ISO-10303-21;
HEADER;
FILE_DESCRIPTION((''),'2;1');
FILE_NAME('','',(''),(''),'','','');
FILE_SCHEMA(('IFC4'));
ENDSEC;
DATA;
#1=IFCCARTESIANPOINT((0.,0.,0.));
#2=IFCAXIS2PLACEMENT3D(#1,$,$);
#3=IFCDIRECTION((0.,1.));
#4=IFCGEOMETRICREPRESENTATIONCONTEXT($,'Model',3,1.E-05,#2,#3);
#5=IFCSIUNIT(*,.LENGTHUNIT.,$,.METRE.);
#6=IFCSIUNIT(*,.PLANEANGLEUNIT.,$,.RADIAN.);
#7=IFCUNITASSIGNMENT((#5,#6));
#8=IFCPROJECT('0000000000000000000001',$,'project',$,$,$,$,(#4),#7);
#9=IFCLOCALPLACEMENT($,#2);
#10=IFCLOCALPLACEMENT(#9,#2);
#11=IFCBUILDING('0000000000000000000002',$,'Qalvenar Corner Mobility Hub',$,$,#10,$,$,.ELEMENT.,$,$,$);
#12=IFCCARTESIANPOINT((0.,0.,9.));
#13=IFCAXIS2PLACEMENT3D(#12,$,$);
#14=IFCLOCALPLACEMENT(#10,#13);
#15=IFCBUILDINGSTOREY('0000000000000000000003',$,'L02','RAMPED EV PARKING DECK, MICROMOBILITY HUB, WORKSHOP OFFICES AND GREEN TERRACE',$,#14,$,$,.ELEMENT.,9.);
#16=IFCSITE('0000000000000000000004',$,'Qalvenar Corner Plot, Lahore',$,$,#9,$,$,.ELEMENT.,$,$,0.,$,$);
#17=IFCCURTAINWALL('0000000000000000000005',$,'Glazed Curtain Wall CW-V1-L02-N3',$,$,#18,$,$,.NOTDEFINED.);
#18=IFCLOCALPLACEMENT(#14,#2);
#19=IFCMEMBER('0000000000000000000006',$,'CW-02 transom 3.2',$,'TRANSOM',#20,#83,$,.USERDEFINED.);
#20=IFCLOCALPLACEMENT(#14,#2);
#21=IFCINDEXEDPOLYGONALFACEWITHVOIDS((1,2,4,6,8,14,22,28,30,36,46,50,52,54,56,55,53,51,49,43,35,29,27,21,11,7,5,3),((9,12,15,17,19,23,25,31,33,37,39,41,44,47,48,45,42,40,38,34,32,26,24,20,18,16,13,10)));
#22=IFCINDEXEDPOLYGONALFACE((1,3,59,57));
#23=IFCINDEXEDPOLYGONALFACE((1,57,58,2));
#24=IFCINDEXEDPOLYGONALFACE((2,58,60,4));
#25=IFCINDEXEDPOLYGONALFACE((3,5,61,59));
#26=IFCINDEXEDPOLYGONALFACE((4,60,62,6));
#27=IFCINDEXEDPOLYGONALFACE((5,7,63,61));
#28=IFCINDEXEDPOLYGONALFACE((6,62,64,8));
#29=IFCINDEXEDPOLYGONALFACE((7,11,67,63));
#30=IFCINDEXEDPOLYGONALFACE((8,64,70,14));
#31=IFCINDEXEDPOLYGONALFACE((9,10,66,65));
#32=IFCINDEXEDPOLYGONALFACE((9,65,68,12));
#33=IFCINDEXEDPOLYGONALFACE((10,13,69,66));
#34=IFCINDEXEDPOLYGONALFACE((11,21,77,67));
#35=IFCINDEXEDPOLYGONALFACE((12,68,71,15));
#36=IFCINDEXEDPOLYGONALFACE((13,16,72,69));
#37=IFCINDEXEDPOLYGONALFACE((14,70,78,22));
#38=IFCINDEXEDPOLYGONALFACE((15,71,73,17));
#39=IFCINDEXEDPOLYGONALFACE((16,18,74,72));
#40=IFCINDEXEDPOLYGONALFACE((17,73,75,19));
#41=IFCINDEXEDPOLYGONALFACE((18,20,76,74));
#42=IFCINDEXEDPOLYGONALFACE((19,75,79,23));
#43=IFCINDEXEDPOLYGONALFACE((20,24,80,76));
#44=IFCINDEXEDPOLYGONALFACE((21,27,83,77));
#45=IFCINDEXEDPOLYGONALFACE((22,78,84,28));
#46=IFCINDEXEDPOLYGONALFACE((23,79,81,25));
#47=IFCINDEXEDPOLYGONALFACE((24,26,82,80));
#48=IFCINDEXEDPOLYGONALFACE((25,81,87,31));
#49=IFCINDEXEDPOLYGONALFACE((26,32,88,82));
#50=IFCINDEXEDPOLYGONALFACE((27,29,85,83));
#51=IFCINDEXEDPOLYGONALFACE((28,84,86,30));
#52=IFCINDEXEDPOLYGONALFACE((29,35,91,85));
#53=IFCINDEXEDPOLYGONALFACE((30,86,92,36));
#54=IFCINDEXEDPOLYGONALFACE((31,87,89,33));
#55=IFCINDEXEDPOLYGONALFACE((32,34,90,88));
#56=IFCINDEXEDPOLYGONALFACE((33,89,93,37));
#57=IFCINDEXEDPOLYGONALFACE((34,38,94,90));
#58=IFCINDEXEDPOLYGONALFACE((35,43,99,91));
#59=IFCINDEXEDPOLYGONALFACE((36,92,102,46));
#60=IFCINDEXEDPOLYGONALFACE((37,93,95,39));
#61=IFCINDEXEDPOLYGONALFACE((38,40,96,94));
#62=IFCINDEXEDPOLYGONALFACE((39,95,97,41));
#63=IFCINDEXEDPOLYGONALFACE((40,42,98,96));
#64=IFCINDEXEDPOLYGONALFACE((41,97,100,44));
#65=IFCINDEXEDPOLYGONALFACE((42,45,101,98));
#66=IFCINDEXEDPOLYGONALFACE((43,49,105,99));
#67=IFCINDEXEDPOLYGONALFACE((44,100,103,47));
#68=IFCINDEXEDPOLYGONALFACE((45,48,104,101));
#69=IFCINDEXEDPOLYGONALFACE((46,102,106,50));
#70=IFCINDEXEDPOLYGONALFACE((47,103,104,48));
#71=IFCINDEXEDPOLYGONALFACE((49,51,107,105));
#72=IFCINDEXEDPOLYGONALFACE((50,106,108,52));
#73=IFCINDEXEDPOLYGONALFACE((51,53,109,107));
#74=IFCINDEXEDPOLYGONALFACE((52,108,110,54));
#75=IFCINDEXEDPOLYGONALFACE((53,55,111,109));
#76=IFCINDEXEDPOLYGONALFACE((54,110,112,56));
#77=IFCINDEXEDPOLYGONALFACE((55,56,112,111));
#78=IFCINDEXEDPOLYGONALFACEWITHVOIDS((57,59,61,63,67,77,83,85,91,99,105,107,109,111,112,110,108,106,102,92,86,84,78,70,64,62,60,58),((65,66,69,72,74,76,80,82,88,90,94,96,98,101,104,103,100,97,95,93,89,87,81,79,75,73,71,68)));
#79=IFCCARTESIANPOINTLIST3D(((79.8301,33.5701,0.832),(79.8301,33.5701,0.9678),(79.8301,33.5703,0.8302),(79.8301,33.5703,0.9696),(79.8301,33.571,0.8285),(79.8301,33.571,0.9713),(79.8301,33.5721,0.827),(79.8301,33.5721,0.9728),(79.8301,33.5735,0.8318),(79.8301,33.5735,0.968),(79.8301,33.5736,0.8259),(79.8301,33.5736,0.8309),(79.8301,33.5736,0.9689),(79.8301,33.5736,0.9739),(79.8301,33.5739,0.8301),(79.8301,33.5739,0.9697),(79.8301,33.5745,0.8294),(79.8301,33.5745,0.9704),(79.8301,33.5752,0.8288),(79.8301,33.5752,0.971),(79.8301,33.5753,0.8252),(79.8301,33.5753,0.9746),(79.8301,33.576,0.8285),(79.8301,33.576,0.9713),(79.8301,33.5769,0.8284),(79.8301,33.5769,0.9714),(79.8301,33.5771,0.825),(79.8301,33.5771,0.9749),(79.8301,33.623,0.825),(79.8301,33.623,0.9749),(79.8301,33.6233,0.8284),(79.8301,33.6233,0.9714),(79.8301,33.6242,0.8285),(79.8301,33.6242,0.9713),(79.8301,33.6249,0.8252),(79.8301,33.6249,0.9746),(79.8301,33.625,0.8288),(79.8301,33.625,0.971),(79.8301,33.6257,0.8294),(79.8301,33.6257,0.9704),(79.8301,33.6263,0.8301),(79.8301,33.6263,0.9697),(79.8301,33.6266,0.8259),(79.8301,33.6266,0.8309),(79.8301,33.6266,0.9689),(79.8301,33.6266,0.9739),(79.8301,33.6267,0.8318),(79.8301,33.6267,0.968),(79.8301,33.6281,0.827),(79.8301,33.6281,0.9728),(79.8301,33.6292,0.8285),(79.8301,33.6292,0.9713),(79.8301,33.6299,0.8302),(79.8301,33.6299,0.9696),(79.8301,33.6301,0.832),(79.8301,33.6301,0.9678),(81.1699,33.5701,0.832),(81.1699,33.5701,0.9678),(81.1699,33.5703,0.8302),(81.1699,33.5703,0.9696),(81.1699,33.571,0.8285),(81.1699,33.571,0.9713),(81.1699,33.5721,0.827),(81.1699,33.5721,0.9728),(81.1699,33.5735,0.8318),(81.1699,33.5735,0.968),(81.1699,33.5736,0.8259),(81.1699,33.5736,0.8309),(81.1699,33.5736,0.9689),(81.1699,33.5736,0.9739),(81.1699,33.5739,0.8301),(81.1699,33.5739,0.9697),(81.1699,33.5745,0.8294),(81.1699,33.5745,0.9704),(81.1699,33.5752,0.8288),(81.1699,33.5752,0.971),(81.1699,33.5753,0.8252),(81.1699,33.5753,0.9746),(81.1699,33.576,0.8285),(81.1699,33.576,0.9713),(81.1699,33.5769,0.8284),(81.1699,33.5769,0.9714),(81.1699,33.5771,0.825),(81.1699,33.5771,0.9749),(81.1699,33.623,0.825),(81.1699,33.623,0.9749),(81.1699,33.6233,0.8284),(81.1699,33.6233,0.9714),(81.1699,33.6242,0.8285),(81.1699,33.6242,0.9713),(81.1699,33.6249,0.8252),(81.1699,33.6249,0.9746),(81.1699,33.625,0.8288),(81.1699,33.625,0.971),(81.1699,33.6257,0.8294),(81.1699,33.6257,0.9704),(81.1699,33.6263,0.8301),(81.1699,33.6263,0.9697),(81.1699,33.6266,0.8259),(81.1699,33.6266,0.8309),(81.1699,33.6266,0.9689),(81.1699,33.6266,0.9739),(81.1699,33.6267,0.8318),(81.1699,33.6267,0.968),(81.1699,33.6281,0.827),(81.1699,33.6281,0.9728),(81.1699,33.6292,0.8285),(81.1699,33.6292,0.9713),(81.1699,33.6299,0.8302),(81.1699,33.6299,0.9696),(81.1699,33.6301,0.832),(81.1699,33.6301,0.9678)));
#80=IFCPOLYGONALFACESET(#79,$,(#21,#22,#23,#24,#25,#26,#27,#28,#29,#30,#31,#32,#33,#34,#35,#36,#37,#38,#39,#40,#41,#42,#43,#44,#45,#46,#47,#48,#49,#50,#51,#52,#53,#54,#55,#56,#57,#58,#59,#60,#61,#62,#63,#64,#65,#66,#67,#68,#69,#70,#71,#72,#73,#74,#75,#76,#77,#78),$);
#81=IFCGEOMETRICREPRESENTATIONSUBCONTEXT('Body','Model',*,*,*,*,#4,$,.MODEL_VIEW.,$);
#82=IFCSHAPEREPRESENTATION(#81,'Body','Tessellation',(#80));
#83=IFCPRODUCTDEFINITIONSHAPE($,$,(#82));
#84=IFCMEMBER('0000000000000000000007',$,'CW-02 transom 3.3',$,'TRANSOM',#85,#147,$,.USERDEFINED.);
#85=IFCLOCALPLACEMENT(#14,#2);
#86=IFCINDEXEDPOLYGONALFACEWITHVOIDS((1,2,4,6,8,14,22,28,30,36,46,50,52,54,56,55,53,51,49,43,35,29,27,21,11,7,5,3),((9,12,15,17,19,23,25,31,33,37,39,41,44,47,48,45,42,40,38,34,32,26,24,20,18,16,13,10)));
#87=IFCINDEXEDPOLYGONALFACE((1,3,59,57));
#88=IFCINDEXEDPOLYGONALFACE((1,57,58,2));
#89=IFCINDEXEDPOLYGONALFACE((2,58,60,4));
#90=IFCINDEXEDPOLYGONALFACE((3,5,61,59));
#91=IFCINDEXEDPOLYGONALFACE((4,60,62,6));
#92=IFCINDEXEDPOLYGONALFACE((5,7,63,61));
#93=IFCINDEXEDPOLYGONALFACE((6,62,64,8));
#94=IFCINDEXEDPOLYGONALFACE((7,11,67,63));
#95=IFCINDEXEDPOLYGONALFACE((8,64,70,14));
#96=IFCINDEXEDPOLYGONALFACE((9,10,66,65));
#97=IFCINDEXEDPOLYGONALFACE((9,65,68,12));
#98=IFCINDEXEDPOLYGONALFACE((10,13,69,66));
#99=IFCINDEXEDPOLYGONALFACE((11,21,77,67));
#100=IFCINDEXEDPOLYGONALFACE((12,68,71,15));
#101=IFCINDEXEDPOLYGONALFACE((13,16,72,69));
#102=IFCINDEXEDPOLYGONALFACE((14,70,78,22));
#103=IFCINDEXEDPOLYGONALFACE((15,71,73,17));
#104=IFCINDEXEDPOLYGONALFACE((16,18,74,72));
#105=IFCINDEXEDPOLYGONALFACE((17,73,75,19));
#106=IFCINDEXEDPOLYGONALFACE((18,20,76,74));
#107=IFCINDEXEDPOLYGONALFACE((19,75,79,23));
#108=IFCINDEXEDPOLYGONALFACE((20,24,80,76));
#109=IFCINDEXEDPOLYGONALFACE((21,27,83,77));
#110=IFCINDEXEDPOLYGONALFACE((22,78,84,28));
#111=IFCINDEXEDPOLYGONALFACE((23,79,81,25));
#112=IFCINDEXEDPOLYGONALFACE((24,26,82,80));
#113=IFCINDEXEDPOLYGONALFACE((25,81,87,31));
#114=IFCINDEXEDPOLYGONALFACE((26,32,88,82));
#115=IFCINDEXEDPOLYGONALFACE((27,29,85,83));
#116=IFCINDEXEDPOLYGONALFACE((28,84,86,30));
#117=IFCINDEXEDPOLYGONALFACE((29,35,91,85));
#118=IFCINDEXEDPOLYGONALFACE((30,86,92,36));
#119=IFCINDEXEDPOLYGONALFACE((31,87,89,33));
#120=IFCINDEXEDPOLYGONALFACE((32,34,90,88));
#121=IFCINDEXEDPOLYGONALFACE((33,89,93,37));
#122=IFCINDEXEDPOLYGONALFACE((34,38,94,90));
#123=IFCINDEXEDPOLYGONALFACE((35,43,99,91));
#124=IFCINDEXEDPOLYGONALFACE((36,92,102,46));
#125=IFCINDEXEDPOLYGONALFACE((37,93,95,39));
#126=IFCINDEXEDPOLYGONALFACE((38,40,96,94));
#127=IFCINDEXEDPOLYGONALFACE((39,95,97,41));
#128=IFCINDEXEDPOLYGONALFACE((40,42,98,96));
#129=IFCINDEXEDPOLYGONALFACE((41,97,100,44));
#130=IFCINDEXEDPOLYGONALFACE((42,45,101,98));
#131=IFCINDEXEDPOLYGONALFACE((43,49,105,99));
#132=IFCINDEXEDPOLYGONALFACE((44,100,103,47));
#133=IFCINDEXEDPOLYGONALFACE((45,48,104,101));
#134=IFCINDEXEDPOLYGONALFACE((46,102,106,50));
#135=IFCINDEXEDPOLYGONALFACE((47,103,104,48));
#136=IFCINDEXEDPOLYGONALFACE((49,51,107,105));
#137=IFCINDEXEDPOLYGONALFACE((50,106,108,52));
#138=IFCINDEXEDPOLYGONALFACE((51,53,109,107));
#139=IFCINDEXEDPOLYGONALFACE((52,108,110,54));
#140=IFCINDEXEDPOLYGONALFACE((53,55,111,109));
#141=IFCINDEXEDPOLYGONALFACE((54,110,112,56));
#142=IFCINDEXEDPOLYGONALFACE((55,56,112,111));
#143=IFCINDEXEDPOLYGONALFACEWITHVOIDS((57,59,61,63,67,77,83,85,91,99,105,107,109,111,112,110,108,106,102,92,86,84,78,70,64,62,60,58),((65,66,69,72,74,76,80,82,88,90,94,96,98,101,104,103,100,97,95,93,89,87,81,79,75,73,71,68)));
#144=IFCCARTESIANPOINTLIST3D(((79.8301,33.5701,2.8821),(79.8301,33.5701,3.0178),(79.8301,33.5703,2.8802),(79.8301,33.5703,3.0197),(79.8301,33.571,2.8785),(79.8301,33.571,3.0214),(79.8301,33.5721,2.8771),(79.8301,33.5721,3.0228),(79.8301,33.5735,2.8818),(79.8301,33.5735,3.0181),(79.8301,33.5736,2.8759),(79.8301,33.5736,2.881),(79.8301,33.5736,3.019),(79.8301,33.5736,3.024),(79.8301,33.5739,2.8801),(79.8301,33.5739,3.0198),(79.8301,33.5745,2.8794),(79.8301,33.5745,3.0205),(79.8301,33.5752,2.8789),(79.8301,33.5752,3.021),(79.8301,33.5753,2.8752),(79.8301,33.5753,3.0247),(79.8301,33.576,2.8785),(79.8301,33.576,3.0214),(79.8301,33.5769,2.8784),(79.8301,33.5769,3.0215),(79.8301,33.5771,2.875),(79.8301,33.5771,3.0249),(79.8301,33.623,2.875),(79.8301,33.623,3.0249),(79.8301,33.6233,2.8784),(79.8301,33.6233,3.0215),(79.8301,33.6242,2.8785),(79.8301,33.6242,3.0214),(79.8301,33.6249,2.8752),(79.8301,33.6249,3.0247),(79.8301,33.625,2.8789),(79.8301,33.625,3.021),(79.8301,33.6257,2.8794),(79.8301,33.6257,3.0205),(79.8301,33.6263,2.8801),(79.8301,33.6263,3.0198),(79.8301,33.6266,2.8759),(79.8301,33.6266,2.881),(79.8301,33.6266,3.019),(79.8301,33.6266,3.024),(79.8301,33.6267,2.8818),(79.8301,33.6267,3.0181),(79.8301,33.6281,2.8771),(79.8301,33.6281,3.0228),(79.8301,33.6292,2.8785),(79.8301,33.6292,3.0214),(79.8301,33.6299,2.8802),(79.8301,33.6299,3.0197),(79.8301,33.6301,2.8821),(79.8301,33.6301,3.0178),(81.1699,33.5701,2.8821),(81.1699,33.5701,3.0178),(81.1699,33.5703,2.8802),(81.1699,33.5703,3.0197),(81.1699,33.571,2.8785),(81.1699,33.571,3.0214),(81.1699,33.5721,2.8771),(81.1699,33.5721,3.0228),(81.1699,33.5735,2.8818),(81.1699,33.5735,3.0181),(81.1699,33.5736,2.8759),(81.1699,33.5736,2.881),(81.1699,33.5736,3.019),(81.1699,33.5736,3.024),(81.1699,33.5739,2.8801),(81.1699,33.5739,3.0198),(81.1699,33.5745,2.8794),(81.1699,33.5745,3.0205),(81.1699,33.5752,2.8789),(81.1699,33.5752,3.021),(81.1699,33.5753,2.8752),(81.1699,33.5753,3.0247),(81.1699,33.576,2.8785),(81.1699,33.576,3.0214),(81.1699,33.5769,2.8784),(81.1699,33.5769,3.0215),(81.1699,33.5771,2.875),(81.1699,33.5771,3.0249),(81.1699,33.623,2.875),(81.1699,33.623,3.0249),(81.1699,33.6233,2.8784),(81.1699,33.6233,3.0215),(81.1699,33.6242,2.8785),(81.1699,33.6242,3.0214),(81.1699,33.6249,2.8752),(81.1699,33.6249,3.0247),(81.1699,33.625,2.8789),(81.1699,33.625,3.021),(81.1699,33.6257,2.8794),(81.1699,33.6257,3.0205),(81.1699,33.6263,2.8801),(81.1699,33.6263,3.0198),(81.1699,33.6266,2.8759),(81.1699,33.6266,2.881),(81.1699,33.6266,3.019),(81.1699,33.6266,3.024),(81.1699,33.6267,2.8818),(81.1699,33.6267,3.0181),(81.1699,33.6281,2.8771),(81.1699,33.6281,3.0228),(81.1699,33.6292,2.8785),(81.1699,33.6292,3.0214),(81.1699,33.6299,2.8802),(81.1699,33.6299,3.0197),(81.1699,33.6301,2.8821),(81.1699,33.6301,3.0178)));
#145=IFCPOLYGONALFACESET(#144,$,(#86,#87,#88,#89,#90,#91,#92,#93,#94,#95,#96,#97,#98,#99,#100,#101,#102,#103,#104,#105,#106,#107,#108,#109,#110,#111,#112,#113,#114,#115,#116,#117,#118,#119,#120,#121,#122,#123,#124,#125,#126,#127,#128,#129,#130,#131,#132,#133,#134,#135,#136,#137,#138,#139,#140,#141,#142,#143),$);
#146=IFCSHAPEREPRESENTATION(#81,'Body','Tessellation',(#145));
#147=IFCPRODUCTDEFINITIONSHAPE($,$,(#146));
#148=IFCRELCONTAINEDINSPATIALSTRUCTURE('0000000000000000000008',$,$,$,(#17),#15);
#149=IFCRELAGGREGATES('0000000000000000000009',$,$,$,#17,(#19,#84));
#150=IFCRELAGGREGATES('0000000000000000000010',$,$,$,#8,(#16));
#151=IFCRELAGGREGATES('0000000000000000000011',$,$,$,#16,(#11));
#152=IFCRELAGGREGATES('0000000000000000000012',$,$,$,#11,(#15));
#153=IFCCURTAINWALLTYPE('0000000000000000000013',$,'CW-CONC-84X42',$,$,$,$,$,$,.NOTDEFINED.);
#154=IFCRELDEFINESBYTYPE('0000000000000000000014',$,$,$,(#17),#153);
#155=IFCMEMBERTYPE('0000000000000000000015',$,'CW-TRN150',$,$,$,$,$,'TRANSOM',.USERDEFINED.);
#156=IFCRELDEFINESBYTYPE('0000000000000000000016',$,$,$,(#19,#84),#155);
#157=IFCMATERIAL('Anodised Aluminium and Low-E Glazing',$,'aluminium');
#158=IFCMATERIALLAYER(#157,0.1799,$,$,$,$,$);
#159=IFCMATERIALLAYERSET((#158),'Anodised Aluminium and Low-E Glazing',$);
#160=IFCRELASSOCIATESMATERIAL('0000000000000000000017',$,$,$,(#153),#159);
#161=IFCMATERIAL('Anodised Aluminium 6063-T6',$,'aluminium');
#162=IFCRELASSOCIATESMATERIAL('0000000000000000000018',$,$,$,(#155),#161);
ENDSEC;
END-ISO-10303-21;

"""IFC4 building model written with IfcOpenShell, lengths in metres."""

from ifc_helpers import new_model, si_unit, direction, frame, origin, origin_2d, place, context, subcontext, project, spatial, hollow_rectangle, extrude, material, layer, layer_set, material_profile, profile_set, type_object, element, aggregate, save


model = new_model("IFC4")

# Units and contexts
model_context = context("Model", 3, precision=1e-05, world=origin(), true_north=direction((0.0, 1.0)))
body_context = subcontext(model_context, "Body", "Model", "MODEL_VIEW")
ifc_project = project(units=[si_unit("LENGTHUNIT", "METRE"), si_unit("PLANEANGLEUNIT", "RADIAN")], contexts=[model_context])

# Site, building, storey
site_placement = place(None, origin())
site = spatial("IfcSite", under=ifc_project, at=site_placement, Name="Qalvenar Corner Plot, Lahore", CompositionType="ELEMENT", RefElevation=0.0)
building_placement = place(site_placement, origin())
building = spatial("IfcBuilding", under=site, at=building_placement, Name="Qalvenar Corner Mobility Hub", CompositionType="ELEMENT")
storey_placement = place(building_placement, frame((0.0, 0.0, 9.0)))
storey = spatial("IfcBuildingStorey", under=building, at=storey_placement, Name="L02", Description="RAMPED EV PARKING DECK, MICROMOBILITY HUB, WORKSHOP OFFICES AND GREEN TERRACE", CompositionType="ELEMENT", Elevation=9.0)

# Curtain wall, members
ifc_material_1 = material(Name="Anodised Aluminium and Low-E Glazing", Category="aluminium")
ifc_layer_1 = layer(ifc_material_1, 0.1799)
ifc_layer_set_1 = layer_set([ifc_layer_1], Name="Anodised Aluminium and Low-E Glazing")
curtain_wall_type = type_object("IfcCurtainWallType", Name="CW-CONC-84X42", PredefinedType="NOTDEFINED", material=ifc_layer_set_1)
curtain_wall_placement = place(storey_placement, origin())
curtain_wall = element("IfcCurtainWall", 1, at=curtain_wall_placement, inside=storey, type_object=curtain_wall_type, Name="Glazed Curtain Wall CW-V1-L02-N3", PredefinedType="NOTDEFINED")
ifc_material_2 = material(Name="Anodised Aluminium 6063-T6", Category="aluminium")
ifc_material_profile_1 = material_profile(ifc_material_2, hollow_rectangle(XDim=0.0601, YDim=0.1499, WallThickness=0.0034, InnerFilletRadius=0.0034, OuterFilletRadius=0.0071, at=origin_2d()), Name="RHS150x60x3.5")
ifc_profile_set_1 = profile_set([ifc_material_profile_1], Name="Anodised Aluminium 6063-T6")
member_type_1 = type_object("IfcMemberType", Name="CW-TRN150", ElementType="TRANSOM", PredefinedType="USERDEFINED", material=ifc_profile_set_1)
member_1_placement = place(storey_placement, frame((81.1699, 33.6001, 0.8999), z_axis=(-1.0, 0.0, 0.0), x_axis=(0.0, -1.0, 0.0)))
member_1 = element("IfcMember", 2, at=member_1_placement, type_object=member_type_1, Name="CW-02 transom 3.2", ObjectType="TRANSOM", PredefinedType="USERDEFINED", context=body_context, shape_type="SweptSolid", body=[
    extrude(hollow_rectangle(XDim=0.0601, YDim=0.1499, WallThickness=0.0034, InnerFilletRadius=0.0034, OuterFilletRadius=0.0071, at=origin_2d()), origin(), (0.0, 0.0, 1.0), 1.3398),
])
member_2_placement = place(storey_placement, frame((81.1699, 33.6001, 2.95), z_axis=(-1.0, 0.0, 0.0), x_axis=(0.0, -1.0, 0.0)))
member_2 = element("IfcMember", 3, at=member_2_placement, type_object=member_type_1, Name="CW-02 transom 3.3", ObjectType="TRANSOM", PredefinedType="USERDEFINED", context=body_context, shape_type="SweptSolid", body=[
    extrude(hollow_rectangle(XDim=0.0601, YDim=0.1499, WallThickness=0.0034, InnerFilletRadius=0.0034, OuterFilletRadius=0.0071, at=origin_2d()), origin(), (0.0, 0.0, 1.0), 1.3398),
])
aggregate(curtain_wall, [member_1, member_2])

save(model, "model.ifc")
